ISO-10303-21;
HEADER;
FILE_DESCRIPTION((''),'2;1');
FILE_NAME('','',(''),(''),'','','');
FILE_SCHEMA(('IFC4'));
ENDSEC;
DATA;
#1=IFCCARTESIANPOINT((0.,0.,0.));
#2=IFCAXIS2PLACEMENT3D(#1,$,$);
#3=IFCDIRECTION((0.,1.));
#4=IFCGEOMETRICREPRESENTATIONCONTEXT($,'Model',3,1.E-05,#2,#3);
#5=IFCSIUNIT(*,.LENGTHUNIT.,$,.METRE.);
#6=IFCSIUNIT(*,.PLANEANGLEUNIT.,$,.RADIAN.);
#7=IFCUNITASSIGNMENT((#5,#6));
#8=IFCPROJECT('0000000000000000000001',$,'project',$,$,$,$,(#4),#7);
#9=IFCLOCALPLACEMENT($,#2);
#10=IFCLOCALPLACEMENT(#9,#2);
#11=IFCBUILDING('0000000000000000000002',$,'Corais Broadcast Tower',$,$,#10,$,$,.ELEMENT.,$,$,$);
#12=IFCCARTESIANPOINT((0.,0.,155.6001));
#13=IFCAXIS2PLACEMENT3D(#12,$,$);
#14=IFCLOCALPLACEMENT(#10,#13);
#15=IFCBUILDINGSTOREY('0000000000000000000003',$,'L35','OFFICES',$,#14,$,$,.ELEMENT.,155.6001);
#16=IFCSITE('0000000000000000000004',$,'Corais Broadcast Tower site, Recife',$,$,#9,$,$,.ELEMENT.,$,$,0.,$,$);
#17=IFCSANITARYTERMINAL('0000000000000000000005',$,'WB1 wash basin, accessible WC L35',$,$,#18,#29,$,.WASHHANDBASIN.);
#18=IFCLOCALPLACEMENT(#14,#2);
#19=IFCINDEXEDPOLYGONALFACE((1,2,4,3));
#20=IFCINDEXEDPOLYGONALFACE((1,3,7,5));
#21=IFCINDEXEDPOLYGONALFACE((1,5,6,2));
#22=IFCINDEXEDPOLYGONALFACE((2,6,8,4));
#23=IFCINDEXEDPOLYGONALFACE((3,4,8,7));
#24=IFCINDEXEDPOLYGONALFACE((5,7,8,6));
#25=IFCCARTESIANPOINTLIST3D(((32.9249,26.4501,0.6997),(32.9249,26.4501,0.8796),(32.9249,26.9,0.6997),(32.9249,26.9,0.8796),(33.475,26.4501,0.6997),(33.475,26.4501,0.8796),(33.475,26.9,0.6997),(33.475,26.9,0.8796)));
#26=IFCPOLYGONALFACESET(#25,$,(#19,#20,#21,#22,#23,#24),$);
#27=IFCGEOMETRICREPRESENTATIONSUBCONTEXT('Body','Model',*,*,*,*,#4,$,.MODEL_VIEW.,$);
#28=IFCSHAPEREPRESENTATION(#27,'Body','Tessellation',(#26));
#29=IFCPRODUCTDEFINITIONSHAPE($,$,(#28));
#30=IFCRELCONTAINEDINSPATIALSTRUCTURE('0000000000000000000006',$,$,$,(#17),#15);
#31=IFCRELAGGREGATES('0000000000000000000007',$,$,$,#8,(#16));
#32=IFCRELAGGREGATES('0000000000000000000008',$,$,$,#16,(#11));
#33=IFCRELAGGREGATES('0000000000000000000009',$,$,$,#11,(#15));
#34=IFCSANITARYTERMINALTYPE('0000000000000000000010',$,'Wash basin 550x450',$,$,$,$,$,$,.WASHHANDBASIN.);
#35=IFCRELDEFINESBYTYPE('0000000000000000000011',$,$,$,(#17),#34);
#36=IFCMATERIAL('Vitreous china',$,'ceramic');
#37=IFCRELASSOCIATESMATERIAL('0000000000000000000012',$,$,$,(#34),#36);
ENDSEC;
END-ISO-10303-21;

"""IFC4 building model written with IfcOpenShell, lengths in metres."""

from ifc_helpers import new_model, si_unit, direction, frame, origin, origin_2d, place, context, subcontext, project, spatial, rectangle, extrude, material, type_object, element, save


model = new_model("IFC4")

# Units and contexts
model_context = context("Model", 3, precision=1e-05, world=origin(), true_north=direction((0.0, 1.0)))
body_context = subcontext(model_context, "Body", "Model", "MODEL_VIEW")
ifc_project = project(units=[si_unit("LENGTHUNIT", "METRE"), si_unit("PLANEANGLEUNIT", "RADIAN")], contexts=[model_context])

# Site, building, storey
site_placement = place(None, origin())
site = spatial("IfcSite", under=ifc_project, at=site_placement, Name="Corais Broadcast Tower site, Recife", CompositionType="ELEMENT", RefElevation=0.0)
building_placement = place(site_placement, origin())
building = spatial("IfcBuilding", under=site, at=building_placement, Name="Corais Broadcast Tower", CompositionType="ELEMENT")
storey_placement = place(building_placement, frame((0.0, 0.0, 155.6001)))
storey = spatial("IfcBuildingStorey", under=building, at=storey_placement, Name="L35", Description="OFFICES", CompositionType="ELEMENT", Elevation=155.6001)

# Sanitary terminal
ifc_material_1 = material(Name="Vitreous china", Category="ceramic")
sanitary_terminal_type_1 = type_object("IfcSanitaryTerminalType", Name="Wash basin 550x450", PredefinedType="WASHHANDBASIN", material=ifc_material_1)
sanitary_terminal_placement = place(storey_placement, frame((33.2, 26.675, 0.6997), z_axis=(0.0, 0.0, 1.0), x_axis=(1.0, 0.0, 0.0)))
element("IfcSanitaryTerminal", 1, at=sanitary_terminal_placement, inside=storey, type_object=sanitary_terminal_type_1, Name="WB1 wash basin, accessible WC L35", PredefinedType="WASHHANDBASIN", context=body_context, shape_type="SweptSolid", body=[
    extrude(rectangle(XDim=0.55, YDim=0.45, at=origin_2d()), origin(), (0.0, 0.0, 1.0), 0.1799),
])

save(model, "model.ifc")
